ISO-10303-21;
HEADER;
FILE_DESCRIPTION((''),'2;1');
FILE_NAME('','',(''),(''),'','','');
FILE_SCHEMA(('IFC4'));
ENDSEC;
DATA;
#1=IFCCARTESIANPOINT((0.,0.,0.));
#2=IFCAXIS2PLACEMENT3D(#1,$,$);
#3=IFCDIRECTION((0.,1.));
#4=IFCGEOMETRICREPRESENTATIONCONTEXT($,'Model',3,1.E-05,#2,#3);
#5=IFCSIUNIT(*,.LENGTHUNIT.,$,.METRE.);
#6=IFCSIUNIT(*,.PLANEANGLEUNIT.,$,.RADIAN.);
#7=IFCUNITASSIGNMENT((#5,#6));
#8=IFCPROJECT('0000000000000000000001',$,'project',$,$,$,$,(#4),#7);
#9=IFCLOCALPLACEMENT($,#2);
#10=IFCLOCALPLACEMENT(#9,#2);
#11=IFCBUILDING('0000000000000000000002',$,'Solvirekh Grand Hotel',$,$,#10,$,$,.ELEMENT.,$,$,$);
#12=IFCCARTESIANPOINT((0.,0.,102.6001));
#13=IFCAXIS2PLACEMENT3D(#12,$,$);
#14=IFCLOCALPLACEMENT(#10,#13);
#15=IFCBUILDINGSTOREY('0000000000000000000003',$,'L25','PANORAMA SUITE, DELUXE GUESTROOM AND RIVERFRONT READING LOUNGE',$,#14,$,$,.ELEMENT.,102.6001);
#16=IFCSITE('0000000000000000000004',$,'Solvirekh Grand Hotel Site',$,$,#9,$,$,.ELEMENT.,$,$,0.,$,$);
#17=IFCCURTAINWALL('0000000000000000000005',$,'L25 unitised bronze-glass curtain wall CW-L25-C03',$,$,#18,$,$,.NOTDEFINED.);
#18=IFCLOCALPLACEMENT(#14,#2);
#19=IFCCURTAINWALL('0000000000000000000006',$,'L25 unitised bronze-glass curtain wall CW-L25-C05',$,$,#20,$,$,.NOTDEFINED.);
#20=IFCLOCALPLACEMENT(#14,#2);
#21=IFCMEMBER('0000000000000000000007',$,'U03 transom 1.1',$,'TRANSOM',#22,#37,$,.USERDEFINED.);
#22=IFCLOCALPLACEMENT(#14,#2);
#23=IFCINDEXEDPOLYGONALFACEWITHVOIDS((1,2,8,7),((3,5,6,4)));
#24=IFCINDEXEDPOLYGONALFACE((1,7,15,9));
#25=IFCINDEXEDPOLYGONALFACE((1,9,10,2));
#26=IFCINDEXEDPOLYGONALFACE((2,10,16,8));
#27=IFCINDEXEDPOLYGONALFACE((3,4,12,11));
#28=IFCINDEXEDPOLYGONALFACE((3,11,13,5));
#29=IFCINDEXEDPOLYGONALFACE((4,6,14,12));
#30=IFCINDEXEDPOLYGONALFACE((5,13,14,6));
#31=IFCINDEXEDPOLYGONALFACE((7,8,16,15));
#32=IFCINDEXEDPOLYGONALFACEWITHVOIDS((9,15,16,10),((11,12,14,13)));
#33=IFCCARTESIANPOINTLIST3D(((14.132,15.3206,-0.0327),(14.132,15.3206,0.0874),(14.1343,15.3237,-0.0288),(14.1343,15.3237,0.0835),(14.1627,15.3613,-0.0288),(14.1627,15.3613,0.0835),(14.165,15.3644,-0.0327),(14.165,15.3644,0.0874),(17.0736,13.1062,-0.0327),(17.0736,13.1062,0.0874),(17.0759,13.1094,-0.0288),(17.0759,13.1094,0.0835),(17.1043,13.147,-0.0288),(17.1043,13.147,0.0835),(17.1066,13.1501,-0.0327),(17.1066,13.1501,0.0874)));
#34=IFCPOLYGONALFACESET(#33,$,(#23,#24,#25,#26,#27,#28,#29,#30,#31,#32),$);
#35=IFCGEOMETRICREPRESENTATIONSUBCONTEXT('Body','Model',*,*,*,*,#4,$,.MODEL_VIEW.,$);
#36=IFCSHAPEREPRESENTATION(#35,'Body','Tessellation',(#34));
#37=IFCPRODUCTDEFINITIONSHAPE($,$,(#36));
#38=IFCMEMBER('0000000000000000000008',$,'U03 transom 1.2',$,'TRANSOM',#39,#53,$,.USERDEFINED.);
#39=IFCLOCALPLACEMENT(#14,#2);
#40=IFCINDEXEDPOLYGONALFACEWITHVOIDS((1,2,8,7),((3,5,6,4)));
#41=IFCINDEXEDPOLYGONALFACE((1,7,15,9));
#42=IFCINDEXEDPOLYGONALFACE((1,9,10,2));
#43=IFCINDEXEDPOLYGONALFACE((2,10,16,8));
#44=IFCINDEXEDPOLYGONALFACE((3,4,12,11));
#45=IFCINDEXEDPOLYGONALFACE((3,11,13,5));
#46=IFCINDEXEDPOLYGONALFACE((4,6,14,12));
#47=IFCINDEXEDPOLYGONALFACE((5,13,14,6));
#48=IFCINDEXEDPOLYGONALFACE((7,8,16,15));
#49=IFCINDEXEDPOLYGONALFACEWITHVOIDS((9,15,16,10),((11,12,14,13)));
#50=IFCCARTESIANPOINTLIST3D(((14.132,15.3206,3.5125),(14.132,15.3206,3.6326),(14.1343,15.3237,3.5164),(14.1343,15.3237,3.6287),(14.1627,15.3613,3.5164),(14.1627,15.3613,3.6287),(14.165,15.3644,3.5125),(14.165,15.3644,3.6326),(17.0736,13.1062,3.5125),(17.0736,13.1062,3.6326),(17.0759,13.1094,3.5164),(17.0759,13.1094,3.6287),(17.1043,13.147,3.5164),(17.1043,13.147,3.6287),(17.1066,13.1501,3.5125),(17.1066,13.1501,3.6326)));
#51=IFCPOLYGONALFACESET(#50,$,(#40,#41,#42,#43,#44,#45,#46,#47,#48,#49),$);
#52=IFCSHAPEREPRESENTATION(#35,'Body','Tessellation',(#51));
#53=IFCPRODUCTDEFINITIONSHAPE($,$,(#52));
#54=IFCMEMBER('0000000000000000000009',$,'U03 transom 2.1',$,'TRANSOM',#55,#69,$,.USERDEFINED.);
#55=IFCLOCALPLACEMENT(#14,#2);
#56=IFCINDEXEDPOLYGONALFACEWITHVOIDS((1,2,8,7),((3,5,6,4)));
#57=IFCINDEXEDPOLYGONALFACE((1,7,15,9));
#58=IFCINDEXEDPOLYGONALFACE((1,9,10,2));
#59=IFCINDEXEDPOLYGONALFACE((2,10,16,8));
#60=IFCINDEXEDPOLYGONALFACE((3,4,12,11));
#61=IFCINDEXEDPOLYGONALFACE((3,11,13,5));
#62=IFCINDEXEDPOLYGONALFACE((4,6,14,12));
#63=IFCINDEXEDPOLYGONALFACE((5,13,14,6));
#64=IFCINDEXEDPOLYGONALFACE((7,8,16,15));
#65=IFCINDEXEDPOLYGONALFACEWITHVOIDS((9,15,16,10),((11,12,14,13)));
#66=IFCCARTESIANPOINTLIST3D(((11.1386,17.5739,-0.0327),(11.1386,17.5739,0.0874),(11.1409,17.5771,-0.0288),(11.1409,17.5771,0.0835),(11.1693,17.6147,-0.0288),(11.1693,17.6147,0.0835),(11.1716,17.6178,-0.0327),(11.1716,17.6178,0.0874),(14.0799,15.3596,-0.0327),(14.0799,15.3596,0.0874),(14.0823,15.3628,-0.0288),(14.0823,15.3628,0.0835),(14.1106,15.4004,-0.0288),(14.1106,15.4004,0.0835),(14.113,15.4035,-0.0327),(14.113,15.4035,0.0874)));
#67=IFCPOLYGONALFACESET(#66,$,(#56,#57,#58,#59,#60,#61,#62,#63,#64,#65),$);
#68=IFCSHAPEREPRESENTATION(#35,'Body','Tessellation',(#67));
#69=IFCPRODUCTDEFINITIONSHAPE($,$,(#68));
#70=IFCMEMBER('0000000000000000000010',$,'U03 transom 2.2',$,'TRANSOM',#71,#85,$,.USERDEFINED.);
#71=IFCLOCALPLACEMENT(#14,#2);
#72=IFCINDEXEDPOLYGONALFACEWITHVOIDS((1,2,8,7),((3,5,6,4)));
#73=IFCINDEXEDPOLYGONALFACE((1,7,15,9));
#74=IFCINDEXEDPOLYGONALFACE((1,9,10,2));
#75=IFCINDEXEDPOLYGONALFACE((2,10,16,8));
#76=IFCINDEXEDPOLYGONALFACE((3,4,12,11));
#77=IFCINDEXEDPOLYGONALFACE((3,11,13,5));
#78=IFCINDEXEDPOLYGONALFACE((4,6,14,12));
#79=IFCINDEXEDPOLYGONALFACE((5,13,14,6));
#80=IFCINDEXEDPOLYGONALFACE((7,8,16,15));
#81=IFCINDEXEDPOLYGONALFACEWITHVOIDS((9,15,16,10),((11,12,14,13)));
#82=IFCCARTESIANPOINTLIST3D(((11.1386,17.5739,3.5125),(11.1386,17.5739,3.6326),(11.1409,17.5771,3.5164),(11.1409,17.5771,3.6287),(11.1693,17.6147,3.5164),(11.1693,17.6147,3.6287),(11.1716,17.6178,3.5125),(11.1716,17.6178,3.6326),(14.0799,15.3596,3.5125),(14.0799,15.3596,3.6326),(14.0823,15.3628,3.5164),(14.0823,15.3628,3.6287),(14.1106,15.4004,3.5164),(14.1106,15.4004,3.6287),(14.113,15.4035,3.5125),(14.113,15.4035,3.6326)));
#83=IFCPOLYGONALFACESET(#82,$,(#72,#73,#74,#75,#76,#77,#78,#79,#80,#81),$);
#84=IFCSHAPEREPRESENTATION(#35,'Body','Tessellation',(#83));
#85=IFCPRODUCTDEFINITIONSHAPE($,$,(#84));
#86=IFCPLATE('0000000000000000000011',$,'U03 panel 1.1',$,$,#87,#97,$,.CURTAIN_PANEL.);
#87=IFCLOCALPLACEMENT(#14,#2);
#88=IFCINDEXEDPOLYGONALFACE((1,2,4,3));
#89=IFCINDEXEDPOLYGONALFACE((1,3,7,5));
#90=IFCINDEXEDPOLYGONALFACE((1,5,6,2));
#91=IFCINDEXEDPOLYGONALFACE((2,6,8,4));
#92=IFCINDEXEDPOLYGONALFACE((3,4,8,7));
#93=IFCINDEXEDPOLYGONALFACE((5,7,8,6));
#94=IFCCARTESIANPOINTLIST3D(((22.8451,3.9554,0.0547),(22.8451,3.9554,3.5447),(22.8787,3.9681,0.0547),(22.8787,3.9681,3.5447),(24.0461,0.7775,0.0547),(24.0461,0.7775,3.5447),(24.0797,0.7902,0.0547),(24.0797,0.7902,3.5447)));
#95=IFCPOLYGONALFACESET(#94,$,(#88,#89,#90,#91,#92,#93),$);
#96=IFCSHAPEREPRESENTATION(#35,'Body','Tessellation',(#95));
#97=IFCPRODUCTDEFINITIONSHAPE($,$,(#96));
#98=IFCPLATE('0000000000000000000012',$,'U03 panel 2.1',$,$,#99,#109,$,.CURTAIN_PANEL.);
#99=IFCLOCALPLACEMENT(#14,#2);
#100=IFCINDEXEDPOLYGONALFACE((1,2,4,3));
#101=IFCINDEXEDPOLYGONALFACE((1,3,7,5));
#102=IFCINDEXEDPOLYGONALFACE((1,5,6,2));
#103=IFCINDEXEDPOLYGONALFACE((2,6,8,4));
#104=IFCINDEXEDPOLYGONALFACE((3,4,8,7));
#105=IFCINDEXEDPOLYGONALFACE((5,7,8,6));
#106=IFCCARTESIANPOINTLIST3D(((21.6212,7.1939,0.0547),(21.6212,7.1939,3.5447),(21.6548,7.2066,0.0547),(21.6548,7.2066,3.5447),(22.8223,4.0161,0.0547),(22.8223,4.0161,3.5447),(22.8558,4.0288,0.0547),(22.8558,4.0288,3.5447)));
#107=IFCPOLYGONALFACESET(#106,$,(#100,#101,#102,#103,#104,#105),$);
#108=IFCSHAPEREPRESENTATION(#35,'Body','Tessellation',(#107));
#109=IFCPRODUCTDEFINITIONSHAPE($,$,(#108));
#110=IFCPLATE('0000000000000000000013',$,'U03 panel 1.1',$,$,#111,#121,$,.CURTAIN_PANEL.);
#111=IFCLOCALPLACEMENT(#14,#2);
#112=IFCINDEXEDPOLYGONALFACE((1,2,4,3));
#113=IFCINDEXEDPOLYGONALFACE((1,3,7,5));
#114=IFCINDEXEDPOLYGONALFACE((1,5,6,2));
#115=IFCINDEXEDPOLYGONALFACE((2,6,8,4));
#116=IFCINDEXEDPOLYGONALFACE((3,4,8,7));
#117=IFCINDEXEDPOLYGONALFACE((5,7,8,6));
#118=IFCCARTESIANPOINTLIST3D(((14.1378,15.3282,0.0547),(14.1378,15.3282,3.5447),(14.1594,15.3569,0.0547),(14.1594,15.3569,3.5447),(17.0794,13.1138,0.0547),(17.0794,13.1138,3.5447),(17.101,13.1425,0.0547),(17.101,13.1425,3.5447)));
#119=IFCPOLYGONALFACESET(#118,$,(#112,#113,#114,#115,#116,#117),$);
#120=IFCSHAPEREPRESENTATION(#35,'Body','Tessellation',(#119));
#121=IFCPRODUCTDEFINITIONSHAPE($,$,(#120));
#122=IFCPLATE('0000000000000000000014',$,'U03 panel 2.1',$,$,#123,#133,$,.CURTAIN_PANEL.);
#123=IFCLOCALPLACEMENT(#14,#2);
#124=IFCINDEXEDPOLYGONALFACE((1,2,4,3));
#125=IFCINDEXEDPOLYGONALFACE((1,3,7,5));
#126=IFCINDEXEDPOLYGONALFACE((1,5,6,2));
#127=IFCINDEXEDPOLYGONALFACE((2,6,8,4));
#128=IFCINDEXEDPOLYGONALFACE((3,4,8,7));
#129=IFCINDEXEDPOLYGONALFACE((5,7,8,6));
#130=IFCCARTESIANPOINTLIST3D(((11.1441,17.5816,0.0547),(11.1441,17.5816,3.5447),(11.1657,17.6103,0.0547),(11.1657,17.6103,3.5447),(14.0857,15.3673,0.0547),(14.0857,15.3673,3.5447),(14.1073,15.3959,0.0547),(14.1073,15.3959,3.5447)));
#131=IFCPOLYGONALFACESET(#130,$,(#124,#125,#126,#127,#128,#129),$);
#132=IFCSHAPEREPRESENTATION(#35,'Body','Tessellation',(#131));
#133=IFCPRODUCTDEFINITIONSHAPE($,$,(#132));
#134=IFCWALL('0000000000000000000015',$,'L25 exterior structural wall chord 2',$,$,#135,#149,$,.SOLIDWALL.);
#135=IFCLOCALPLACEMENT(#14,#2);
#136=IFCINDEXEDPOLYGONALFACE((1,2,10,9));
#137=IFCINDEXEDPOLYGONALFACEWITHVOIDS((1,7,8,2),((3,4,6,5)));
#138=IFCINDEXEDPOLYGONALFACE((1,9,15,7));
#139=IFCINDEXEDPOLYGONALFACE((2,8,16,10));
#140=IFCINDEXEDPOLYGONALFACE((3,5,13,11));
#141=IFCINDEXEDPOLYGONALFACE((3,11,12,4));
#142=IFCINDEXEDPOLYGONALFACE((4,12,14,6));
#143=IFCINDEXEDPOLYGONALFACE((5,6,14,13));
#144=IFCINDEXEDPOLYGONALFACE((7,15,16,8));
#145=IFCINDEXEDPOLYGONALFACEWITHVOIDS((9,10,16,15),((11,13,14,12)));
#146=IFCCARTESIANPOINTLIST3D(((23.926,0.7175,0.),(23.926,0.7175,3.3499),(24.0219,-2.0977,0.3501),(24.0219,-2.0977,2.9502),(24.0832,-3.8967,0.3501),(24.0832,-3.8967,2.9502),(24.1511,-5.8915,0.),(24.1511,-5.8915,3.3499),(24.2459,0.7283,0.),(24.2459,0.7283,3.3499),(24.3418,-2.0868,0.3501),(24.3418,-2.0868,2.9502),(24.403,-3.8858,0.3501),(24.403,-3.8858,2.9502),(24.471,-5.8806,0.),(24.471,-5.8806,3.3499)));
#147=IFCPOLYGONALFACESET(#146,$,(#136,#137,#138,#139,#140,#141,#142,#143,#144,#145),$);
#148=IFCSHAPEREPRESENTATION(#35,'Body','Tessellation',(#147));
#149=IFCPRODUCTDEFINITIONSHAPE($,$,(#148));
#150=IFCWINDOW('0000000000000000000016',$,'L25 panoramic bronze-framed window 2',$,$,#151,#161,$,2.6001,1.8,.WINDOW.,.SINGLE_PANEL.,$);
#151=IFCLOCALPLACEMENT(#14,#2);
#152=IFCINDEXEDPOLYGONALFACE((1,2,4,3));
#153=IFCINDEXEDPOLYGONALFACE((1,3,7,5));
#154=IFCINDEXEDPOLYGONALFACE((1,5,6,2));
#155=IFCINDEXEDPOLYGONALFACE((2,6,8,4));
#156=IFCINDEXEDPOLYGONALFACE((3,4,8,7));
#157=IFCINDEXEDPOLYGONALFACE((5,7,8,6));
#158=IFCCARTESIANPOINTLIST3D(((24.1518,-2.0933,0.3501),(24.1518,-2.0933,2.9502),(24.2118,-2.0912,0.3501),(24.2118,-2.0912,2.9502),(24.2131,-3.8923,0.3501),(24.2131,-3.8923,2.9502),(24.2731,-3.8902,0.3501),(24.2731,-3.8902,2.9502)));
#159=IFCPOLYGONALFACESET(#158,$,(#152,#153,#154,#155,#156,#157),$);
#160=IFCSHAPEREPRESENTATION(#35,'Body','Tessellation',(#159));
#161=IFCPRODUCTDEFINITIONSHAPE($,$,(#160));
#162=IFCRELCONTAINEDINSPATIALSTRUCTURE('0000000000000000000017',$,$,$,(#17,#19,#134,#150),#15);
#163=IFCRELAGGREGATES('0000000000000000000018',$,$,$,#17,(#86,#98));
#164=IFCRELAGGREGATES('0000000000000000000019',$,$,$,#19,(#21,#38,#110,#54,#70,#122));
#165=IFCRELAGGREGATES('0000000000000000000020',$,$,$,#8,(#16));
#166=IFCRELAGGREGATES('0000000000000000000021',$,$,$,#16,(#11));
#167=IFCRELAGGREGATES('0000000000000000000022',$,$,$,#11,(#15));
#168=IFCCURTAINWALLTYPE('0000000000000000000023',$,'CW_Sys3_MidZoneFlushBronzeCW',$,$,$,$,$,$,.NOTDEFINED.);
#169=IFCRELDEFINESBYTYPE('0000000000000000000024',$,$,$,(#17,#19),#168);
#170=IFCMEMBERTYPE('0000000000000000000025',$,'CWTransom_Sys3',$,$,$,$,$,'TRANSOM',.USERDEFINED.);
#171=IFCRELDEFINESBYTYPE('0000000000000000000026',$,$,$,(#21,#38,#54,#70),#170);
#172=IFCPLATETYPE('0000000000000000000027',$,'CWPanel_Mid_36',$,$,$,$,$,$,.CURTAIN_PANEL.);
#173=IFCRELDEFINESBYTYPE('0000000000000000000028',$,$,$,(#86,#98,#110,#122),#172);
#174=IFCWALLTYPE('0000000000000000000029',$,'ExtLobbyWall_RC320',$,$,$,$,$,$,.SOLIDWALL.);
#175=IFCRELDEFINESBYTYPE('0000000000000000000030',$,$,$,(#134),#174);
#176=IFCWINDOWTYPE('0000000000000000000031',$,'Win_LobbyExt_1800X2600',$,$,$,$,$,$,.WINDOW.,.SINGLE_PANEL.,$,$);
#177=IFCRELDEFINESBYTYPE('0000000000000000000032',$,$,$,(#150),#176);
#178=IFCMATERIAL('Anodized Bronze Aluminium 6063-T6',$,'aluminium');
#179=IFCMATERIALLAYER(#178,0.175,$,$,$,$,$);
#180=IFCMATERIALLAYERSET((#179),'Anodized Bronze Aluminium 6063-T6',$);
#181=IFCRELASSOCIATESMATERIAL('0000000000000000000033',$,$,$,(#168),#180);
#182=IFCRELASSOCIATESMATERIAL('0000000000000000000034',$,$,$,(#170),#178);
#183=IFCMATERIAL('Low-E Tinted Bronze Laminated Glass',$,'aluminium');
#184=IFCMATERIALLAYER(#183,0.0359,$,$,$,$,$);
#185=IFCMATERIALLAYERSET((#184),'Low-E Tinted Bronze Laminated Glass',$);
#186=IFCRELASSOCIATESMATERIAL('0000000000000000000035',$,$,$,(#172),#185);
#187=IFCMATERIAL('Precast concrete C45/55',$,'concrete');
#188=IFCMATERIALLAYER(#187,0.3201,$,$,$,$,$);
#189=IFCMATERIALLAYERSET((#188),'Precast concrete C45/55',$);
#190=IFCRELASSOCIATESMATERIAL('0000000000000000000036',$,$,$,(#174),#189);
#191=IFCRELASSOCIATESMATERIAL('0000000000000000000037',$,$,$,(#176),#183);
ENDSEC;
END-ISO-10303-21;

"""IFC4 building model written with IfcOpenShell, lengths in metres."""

from ifc_helpers import new_model, si_unit, direction, frame, frame_2d, origin, origin_2d, place, context, subcontext, project, spatial, rectangle, hollow_rectangle, extrude, source, transform, mapped, material, layer, layer_set, material_profile, profile_set, type_object, element, fill, aggregate, save


model = new_model("IFC4")

# Units and contexts
model_context = context("Model", 3, precision=1e-05, world=origin(), true_north=direction((0.0, 1.0)))
body_context = subcontext(model_context, "Body", "Model", "MODEL_VIEW")
ifc_project = project(units=[si_unit("LENGTHUNIT", "METRE"), si_unit("PLANEANGLEUNIT", "RADIAN")], contexts=[model_context])

# Site, building, storey
site_placement = place(None, origin())
site = spatial("IfcSite", under=ifc_project, at=site_placement, Name="Solvirekh Grand Hotel Site", CompositionType="ELEMENT", RefElevation=0.0)
building_placement = place(site_placement, origin())
building = spatial("IfcBuilding", under=site, at=building_placement, Name="Solvirekh Grand Hotel", CompositionType="ELEMENT")
storey_placement = place(building_placement, frame((0.0, 0.0, 102.6001)))
storey = spatial("IfcBuildingStorey", under=building, at=storey_placement, Name="L25", Description="PANORAMA SUITE, DELUXE GUESTROOM AND RIVERFRONT READING LOUNGE", CompositionType="ELEMENT", Elevation=102.6001)

# Curtain walls
ifc_material_1 = material(Name="Anodized Bronze Aluminium 6063-T6", Category="aluminium")
ifc_layer_1 = layer(ifc_material_1, 0.175)
ifc_layer_set_1 = layer_set([ifc_layer_1], Name="Anodized Bronze Aluminium 6063-T6")
curtain_wall_type = type_object("IfcCurtainWallType", Name="CW_Sys3_MidZoneFlushBronzeCW", PredefinedType="NOTDEFINED", material=ifc_layer_set_1)
curtain_wall_1_placement = place(storey_placement, origin())
curtain_wall_1 = element("IfcCurtainWall", 1, at=curtain_wall_1_placement, inside=storey, type_object=curtain_wall_type, Name="L25 unitised bronze-glass curtain wall CW-L25-C03", PredefinedType="NOTDEFINED")
curtain_wall_2_placement = place(storey_placement, origin())
curtain_wall_2 = element("IfcCurtainWall", 2, at=curtain_wall_2_placement, inside=storey, type_object=curtain_wall_type, Name="L25 unitised bronze-glass curtain wall CW-L25-C05", PredefinedType="NOTDEFINED")

# Members
ifc_material_profile_1 = material_profile(ifc_material_1, hollow_rectangle(XDim=0.0549, YDim=0.1201, WallThickness=0.0039, at=origin_2d()), Name="ALU RHS 120X55X4")
ifc_profile_set_1 = profile_set([ifc_material_profile_1], Name="Anodized Bronze Aluminium 6063-T6")
member_type_1 = type_object("IfcMemberType", Name="CWTransom_Sys3", ElementType="TRANSOM", PredefinedType="USERDEFINED", material=ifc_profile_set_1)
shared_shape_1 = source(origin(), body_context, "Body", "SweptSolid", [
    extrude(hollow_rectangle(XDim=0.0549, YDim=0.1201, WallThickness=0.0039, at=origin_2d()), origin(), (0.0, 0.0, 1.0), 3.6819),
])
member_1_placement = place(storey_placement, frame((17.0901, 13.1282, 0.0273), z_axis=(-0.79894, 0.60141, 0.0), x_axis=(-0.60141, -0.79894, 0.0)))
member_1 = element("IfcMember", 3, at=member_1_placement, type_object=member_type_1, Name="U03 transom 1.1", ObjectType="TRANSOM", PredefinedType="USERDEFINED", context=body_context, shape_type="MappedRepresentation", body=[
    mapped(shared_shape_1, transform((0.0, 0.0, 0.0), x_axis=(1.0, 0.0, 0.0), y_axis=(0.0, 1.0, 0.0), z_axis=(0.0, 0.0, 1.0), scale=1.0)),
])
member_2_placement = place(storey_placement, frame((17.0901, 13.1282, 3.5725), z_axis=(-0.79894, 0.60141, 0.0), x_axis=(-0.60141, -0.79894, 0.0)))
member_2 = element("IfcMember", 4, at=member_2_placement, type_object=member_type_1, Name="U03 transom 1.2", ObjectType="TRANSOM", PredefinedType="USERDEFINED", context=body_context, shape_type="MappedRepresentation", body=[
    mapped(shared_shape_1, transform((0.0, 0.0, 0.0), x_axis=(1.0, 0.0, 0.0), y_axis=(0.0, 1.0, 0.0), z_axis=(0.0, 0.0, 1.0), scale=1.0)),
])
shared_shape_2 = source(origin(), body_context, "Body", "SweptSolid", [
    extrude(hollow_rectangle(XDim=0.0549, YDim=0.1201, WallThickness=0.0039, at=origin_2d()), origin(), (0.0, 0.0, 1.0), 3.6816),
])
member_3_placement = place(storey_placement, frame((14.0964, 15.3816, 0.0273), z_axis=(-0.798917, 0.601442, 0.0), x_axis=(-0.601442, -0.798917, 0.0)))
member_3 = element("IfcMember", 5, at=member_3_placement, type_object=member_type_1, Name="U03 transom 2.1", ObjectType="TRANSOM", PredefinedType="USERDEFINED", context=body_context, shape_type="MappedRepresentation", body=[
    mapped(shared_shape_2, transform((0.0, 0.0, 0.0), x_axis=(1.0, 0.0, 0.0), y_axis=(0.0, 1.0, 0.0), z_axis=(0.0, 0.0, 1.0), scale=1.0)),
])
member_4_placement = place(storey_placement, frame((14.0964, 15.3816, 3.5725), z_axis=(-0.798917, 0.601442, 0.0), x_axis=(-0.601442, -0.798917, 0.0)))
member_4 = element("IfcMember", 6, at=member_4_placement, type_object=member_type_1, Name="U03 transom 2.2", ObjectType="TRANSOM", PredefinedType="USERDEFINED", context=body_context, shape_type="MappedRepresentation", body=[
    mapped(shared_shape_2, transform((0.0, 0.0, 0.0), x_axis=(1.0, 0.0, 0.0), y_axis=(0.0, 1.0, 0.0), z_axis=(0.0, 0.0, 1.0), scale=1.0)),
])

# Plates
ifc_material_2 = material(Name="Low-E Tinted Bronze Laminated Glass", Category="aluminium")
ifc_layer_2 = layer(ifc_material_2, 0.0359)
ifc_layer_set_2 = layer_set([ifc_layer_2], Name="Low-E Tinted Bronze Laminated Glass")
plate_type = type_object("IfcPlateType", Name="CWPanel_Mid_36", PredefinedType="CURTAIN_PANEL", material=ifc_layer_set_2)
shared_shape_3 = source(origin(), body_context, "Body", "SweptSolid", [
    extrude(rectangle(XDim=3.3972, YDim=0.0359, at=origin_2d()), origin(), (0.0, 0.0, 1.0), 3.49),
])
plate_1_placement = place(storey_placement, frame((23.4624, 2.3728, 0.0547), z_axis=(0.0, 0.0, 1.0), x_axis=(-0.353537, 0.935421, 0.0)))
plate_1 = element("IfcPlate", 7, at=plate_1_placement, type_object=plate_type, Name="U03 panel 1.1", PredefinedType="CURTAIN_PANEL", context=body_context, shape_type="MappedRepresentation", body=[
    mapped(shared_shape_3, transform((0.0, 0.0, 0.0), x_axis=(1.0, 0.0, 0.0), y_axis=(0.0, 1.0, 0.0), z_axis=(0.0, 0.0, 1.0), scale=1.0)),
])
plate_2_placement = place(storey_placement, frame((22.2385, 5.6113, 0.0547), z_axis=(0.0, 0.0, 1.0), x_axis=(-0.353537, 0.935421, 0.0)))
plate_2 = element("IfcPlate", 8, at=plate_2_placement, type_object=plate_type, Name="U03 panel 2.1", PredefinedType="CURTAIN_PANEL", context=body_context, shape_type="MappedRepresentation", body=[
    mapped(shared_shape_3, transform((0.0, 0.0, 0.0), x_axis=(1.0, 0.0, 0.0), y_axis=(0.0, 1.0, 0.0), z_axis=(0.0, 0.0, 1.0), scale=1.0)),
])
aggregate(curtain_wall_1, [plate_1, plate_2])
shared_shape_4 = source(origin(), body_context, "Body", "SweptSolid", [
    extrude(rectangle(XDim=3.6819, YDim=0.0359, at=origin_2d()), origin(), (0.0, 0.0, 1.0), 3.49),
])
plate_3_placement = place(storey_placement, frame((15.6194, 14.2354, 0.0547), z_axis=(0.0, 0.0, 1.0), x_axis=(-0.798935, 0.601417, 0.0)))
plate_3 = element("IfcPlate", 9, at=plate_3_placement, type_object=plate_type, Name="U03 panel 1.1", PredefinedType="CURTAIN_PANEL", context=body_context, shape_type="MappedRepresentation", body=[
    mapped(shared_shape_4, transform((0.0, 0.0, 0.0), x_axis=(1.0, 0.0, 0.0), y_axis=(0.0, 1.0, 0.0), z_axis=(0.0, 0.0, 1.0), scale=1.0)),
])
plate_4_placement = place(storey_placement, frame((12.6257, 16.4888, 0.0547), z_axis=(0.0, 0.0, 1.0), x_axis=(-0.798935, 0.601417, 0.0)))
plate_4 = element("IfcPlate", 10, at=plate_4_placement, type_object=plate_type, Name="U03 panel 2.1", PredefinedType="CURTAIN_PANEL", context=body_context, shape_type="MappedRepresentation", body=[
    mapped(shared_shape_4, transform((0.0, 0.0, 0.0), x_axis=(1.0, 0.0, 0.0), y_axis=(0.0, 1.0, 0.0), z_axis=(0.0, 0.0, 1.0), scale=1.0)),
])
aggregate(curtain_wall_2, [member_1, member_2, plate_3, member_3, member_4, plate_4])

# Wall, opening, window
ifc_material_3 = material(Name="Precast concrete C45/55", Category="concrete")
ifc_layer_3 = layer(ifc_material_3, 0.3201)
ifc_layer_set_3 = layer_set([ifc_layer_3], Name="Precast concrete C45/55")
wall_type_1 = type_object("IfcWallType", Name="ExtLobbyWall_RC320", PredefinedType="SOLIDWALL", material=ifc_layer_set_3)
wall_1_placement = place(storey_placement, frame((24.0859, 0.7229, 0.0), z_axis=(0.0, 0.0, 1.0), x_axis=(0.03404, -0.99942, 0.0)))
wall_1 = element("IfcWall", 11, at=wall_1_placement, inside=storey, type_object=wall_type_1, Name="L25 exterior structural wall chord 2", PredefinedType="SOLIDWALL", context=body_context, shape_type="SweptSolid", body=[
    extrude(rectangle(XDim=6.6128, YDim=0.3201, at=frame_2d((3.3064, 0.0))), origin(), (0.0, 0.0, 1.0), 3.3499),
])
opening_1_placement = place(wall_1_placement, frame((2.8169, 0.0, 0.3501)))
opening_1 = element("IfcOpeningElement", 12, at=opening_1_placement, cuts=wall_1, PredefinedType="OPENING", context=body_context, shape_type="SweptSolid", body=[
    extrude(rectangle(XDim=1.8, YDim=2.6001, at=frame_2d((0.8999, 1.3))), frame((0.0, 0.1699, 0.0), z_axis=(0.0, -1.0, 0.0), x_axis=(1.0, 0.0, 0.0)), (0.0, 0.0, 1.0), 0.3401),
])
window_type = type_object("IfcWindowType", Name="Win_LobbyExt_1800X2600", PartitioningType="SINGLE_PANEL", PredefinedType="WINDOW", material=ifc_material_2)
window_1_placement = place(opening_1_placement, origin())
window_1 = element("IfcWindow", 13, at=window_1_placement, inside=storey, type_object=window_type, Name="L25 panoramic bronze-framed window 2", OverallHeight=2.6001, OverallWidth=1.8, PartitioningType="SINGLE_PANEL", PredefinedType="WINDOW", context=body_context, shape_type="SweptSolid", body=[
    extrude(rectangle(XDim=1.8, YDim=2.6001, at=frame_2d((0.8999, 1.3))), frame((0.0, 0.03, 0.0), z_axis=(0.0, -1.0, 0.0), x_axis=(1.0, 0.0, 0.0)), (0.0, 0.0, 1.0), 0.0601),
])
fill(opening_1, window_1)

save(model, "model.ifc")
